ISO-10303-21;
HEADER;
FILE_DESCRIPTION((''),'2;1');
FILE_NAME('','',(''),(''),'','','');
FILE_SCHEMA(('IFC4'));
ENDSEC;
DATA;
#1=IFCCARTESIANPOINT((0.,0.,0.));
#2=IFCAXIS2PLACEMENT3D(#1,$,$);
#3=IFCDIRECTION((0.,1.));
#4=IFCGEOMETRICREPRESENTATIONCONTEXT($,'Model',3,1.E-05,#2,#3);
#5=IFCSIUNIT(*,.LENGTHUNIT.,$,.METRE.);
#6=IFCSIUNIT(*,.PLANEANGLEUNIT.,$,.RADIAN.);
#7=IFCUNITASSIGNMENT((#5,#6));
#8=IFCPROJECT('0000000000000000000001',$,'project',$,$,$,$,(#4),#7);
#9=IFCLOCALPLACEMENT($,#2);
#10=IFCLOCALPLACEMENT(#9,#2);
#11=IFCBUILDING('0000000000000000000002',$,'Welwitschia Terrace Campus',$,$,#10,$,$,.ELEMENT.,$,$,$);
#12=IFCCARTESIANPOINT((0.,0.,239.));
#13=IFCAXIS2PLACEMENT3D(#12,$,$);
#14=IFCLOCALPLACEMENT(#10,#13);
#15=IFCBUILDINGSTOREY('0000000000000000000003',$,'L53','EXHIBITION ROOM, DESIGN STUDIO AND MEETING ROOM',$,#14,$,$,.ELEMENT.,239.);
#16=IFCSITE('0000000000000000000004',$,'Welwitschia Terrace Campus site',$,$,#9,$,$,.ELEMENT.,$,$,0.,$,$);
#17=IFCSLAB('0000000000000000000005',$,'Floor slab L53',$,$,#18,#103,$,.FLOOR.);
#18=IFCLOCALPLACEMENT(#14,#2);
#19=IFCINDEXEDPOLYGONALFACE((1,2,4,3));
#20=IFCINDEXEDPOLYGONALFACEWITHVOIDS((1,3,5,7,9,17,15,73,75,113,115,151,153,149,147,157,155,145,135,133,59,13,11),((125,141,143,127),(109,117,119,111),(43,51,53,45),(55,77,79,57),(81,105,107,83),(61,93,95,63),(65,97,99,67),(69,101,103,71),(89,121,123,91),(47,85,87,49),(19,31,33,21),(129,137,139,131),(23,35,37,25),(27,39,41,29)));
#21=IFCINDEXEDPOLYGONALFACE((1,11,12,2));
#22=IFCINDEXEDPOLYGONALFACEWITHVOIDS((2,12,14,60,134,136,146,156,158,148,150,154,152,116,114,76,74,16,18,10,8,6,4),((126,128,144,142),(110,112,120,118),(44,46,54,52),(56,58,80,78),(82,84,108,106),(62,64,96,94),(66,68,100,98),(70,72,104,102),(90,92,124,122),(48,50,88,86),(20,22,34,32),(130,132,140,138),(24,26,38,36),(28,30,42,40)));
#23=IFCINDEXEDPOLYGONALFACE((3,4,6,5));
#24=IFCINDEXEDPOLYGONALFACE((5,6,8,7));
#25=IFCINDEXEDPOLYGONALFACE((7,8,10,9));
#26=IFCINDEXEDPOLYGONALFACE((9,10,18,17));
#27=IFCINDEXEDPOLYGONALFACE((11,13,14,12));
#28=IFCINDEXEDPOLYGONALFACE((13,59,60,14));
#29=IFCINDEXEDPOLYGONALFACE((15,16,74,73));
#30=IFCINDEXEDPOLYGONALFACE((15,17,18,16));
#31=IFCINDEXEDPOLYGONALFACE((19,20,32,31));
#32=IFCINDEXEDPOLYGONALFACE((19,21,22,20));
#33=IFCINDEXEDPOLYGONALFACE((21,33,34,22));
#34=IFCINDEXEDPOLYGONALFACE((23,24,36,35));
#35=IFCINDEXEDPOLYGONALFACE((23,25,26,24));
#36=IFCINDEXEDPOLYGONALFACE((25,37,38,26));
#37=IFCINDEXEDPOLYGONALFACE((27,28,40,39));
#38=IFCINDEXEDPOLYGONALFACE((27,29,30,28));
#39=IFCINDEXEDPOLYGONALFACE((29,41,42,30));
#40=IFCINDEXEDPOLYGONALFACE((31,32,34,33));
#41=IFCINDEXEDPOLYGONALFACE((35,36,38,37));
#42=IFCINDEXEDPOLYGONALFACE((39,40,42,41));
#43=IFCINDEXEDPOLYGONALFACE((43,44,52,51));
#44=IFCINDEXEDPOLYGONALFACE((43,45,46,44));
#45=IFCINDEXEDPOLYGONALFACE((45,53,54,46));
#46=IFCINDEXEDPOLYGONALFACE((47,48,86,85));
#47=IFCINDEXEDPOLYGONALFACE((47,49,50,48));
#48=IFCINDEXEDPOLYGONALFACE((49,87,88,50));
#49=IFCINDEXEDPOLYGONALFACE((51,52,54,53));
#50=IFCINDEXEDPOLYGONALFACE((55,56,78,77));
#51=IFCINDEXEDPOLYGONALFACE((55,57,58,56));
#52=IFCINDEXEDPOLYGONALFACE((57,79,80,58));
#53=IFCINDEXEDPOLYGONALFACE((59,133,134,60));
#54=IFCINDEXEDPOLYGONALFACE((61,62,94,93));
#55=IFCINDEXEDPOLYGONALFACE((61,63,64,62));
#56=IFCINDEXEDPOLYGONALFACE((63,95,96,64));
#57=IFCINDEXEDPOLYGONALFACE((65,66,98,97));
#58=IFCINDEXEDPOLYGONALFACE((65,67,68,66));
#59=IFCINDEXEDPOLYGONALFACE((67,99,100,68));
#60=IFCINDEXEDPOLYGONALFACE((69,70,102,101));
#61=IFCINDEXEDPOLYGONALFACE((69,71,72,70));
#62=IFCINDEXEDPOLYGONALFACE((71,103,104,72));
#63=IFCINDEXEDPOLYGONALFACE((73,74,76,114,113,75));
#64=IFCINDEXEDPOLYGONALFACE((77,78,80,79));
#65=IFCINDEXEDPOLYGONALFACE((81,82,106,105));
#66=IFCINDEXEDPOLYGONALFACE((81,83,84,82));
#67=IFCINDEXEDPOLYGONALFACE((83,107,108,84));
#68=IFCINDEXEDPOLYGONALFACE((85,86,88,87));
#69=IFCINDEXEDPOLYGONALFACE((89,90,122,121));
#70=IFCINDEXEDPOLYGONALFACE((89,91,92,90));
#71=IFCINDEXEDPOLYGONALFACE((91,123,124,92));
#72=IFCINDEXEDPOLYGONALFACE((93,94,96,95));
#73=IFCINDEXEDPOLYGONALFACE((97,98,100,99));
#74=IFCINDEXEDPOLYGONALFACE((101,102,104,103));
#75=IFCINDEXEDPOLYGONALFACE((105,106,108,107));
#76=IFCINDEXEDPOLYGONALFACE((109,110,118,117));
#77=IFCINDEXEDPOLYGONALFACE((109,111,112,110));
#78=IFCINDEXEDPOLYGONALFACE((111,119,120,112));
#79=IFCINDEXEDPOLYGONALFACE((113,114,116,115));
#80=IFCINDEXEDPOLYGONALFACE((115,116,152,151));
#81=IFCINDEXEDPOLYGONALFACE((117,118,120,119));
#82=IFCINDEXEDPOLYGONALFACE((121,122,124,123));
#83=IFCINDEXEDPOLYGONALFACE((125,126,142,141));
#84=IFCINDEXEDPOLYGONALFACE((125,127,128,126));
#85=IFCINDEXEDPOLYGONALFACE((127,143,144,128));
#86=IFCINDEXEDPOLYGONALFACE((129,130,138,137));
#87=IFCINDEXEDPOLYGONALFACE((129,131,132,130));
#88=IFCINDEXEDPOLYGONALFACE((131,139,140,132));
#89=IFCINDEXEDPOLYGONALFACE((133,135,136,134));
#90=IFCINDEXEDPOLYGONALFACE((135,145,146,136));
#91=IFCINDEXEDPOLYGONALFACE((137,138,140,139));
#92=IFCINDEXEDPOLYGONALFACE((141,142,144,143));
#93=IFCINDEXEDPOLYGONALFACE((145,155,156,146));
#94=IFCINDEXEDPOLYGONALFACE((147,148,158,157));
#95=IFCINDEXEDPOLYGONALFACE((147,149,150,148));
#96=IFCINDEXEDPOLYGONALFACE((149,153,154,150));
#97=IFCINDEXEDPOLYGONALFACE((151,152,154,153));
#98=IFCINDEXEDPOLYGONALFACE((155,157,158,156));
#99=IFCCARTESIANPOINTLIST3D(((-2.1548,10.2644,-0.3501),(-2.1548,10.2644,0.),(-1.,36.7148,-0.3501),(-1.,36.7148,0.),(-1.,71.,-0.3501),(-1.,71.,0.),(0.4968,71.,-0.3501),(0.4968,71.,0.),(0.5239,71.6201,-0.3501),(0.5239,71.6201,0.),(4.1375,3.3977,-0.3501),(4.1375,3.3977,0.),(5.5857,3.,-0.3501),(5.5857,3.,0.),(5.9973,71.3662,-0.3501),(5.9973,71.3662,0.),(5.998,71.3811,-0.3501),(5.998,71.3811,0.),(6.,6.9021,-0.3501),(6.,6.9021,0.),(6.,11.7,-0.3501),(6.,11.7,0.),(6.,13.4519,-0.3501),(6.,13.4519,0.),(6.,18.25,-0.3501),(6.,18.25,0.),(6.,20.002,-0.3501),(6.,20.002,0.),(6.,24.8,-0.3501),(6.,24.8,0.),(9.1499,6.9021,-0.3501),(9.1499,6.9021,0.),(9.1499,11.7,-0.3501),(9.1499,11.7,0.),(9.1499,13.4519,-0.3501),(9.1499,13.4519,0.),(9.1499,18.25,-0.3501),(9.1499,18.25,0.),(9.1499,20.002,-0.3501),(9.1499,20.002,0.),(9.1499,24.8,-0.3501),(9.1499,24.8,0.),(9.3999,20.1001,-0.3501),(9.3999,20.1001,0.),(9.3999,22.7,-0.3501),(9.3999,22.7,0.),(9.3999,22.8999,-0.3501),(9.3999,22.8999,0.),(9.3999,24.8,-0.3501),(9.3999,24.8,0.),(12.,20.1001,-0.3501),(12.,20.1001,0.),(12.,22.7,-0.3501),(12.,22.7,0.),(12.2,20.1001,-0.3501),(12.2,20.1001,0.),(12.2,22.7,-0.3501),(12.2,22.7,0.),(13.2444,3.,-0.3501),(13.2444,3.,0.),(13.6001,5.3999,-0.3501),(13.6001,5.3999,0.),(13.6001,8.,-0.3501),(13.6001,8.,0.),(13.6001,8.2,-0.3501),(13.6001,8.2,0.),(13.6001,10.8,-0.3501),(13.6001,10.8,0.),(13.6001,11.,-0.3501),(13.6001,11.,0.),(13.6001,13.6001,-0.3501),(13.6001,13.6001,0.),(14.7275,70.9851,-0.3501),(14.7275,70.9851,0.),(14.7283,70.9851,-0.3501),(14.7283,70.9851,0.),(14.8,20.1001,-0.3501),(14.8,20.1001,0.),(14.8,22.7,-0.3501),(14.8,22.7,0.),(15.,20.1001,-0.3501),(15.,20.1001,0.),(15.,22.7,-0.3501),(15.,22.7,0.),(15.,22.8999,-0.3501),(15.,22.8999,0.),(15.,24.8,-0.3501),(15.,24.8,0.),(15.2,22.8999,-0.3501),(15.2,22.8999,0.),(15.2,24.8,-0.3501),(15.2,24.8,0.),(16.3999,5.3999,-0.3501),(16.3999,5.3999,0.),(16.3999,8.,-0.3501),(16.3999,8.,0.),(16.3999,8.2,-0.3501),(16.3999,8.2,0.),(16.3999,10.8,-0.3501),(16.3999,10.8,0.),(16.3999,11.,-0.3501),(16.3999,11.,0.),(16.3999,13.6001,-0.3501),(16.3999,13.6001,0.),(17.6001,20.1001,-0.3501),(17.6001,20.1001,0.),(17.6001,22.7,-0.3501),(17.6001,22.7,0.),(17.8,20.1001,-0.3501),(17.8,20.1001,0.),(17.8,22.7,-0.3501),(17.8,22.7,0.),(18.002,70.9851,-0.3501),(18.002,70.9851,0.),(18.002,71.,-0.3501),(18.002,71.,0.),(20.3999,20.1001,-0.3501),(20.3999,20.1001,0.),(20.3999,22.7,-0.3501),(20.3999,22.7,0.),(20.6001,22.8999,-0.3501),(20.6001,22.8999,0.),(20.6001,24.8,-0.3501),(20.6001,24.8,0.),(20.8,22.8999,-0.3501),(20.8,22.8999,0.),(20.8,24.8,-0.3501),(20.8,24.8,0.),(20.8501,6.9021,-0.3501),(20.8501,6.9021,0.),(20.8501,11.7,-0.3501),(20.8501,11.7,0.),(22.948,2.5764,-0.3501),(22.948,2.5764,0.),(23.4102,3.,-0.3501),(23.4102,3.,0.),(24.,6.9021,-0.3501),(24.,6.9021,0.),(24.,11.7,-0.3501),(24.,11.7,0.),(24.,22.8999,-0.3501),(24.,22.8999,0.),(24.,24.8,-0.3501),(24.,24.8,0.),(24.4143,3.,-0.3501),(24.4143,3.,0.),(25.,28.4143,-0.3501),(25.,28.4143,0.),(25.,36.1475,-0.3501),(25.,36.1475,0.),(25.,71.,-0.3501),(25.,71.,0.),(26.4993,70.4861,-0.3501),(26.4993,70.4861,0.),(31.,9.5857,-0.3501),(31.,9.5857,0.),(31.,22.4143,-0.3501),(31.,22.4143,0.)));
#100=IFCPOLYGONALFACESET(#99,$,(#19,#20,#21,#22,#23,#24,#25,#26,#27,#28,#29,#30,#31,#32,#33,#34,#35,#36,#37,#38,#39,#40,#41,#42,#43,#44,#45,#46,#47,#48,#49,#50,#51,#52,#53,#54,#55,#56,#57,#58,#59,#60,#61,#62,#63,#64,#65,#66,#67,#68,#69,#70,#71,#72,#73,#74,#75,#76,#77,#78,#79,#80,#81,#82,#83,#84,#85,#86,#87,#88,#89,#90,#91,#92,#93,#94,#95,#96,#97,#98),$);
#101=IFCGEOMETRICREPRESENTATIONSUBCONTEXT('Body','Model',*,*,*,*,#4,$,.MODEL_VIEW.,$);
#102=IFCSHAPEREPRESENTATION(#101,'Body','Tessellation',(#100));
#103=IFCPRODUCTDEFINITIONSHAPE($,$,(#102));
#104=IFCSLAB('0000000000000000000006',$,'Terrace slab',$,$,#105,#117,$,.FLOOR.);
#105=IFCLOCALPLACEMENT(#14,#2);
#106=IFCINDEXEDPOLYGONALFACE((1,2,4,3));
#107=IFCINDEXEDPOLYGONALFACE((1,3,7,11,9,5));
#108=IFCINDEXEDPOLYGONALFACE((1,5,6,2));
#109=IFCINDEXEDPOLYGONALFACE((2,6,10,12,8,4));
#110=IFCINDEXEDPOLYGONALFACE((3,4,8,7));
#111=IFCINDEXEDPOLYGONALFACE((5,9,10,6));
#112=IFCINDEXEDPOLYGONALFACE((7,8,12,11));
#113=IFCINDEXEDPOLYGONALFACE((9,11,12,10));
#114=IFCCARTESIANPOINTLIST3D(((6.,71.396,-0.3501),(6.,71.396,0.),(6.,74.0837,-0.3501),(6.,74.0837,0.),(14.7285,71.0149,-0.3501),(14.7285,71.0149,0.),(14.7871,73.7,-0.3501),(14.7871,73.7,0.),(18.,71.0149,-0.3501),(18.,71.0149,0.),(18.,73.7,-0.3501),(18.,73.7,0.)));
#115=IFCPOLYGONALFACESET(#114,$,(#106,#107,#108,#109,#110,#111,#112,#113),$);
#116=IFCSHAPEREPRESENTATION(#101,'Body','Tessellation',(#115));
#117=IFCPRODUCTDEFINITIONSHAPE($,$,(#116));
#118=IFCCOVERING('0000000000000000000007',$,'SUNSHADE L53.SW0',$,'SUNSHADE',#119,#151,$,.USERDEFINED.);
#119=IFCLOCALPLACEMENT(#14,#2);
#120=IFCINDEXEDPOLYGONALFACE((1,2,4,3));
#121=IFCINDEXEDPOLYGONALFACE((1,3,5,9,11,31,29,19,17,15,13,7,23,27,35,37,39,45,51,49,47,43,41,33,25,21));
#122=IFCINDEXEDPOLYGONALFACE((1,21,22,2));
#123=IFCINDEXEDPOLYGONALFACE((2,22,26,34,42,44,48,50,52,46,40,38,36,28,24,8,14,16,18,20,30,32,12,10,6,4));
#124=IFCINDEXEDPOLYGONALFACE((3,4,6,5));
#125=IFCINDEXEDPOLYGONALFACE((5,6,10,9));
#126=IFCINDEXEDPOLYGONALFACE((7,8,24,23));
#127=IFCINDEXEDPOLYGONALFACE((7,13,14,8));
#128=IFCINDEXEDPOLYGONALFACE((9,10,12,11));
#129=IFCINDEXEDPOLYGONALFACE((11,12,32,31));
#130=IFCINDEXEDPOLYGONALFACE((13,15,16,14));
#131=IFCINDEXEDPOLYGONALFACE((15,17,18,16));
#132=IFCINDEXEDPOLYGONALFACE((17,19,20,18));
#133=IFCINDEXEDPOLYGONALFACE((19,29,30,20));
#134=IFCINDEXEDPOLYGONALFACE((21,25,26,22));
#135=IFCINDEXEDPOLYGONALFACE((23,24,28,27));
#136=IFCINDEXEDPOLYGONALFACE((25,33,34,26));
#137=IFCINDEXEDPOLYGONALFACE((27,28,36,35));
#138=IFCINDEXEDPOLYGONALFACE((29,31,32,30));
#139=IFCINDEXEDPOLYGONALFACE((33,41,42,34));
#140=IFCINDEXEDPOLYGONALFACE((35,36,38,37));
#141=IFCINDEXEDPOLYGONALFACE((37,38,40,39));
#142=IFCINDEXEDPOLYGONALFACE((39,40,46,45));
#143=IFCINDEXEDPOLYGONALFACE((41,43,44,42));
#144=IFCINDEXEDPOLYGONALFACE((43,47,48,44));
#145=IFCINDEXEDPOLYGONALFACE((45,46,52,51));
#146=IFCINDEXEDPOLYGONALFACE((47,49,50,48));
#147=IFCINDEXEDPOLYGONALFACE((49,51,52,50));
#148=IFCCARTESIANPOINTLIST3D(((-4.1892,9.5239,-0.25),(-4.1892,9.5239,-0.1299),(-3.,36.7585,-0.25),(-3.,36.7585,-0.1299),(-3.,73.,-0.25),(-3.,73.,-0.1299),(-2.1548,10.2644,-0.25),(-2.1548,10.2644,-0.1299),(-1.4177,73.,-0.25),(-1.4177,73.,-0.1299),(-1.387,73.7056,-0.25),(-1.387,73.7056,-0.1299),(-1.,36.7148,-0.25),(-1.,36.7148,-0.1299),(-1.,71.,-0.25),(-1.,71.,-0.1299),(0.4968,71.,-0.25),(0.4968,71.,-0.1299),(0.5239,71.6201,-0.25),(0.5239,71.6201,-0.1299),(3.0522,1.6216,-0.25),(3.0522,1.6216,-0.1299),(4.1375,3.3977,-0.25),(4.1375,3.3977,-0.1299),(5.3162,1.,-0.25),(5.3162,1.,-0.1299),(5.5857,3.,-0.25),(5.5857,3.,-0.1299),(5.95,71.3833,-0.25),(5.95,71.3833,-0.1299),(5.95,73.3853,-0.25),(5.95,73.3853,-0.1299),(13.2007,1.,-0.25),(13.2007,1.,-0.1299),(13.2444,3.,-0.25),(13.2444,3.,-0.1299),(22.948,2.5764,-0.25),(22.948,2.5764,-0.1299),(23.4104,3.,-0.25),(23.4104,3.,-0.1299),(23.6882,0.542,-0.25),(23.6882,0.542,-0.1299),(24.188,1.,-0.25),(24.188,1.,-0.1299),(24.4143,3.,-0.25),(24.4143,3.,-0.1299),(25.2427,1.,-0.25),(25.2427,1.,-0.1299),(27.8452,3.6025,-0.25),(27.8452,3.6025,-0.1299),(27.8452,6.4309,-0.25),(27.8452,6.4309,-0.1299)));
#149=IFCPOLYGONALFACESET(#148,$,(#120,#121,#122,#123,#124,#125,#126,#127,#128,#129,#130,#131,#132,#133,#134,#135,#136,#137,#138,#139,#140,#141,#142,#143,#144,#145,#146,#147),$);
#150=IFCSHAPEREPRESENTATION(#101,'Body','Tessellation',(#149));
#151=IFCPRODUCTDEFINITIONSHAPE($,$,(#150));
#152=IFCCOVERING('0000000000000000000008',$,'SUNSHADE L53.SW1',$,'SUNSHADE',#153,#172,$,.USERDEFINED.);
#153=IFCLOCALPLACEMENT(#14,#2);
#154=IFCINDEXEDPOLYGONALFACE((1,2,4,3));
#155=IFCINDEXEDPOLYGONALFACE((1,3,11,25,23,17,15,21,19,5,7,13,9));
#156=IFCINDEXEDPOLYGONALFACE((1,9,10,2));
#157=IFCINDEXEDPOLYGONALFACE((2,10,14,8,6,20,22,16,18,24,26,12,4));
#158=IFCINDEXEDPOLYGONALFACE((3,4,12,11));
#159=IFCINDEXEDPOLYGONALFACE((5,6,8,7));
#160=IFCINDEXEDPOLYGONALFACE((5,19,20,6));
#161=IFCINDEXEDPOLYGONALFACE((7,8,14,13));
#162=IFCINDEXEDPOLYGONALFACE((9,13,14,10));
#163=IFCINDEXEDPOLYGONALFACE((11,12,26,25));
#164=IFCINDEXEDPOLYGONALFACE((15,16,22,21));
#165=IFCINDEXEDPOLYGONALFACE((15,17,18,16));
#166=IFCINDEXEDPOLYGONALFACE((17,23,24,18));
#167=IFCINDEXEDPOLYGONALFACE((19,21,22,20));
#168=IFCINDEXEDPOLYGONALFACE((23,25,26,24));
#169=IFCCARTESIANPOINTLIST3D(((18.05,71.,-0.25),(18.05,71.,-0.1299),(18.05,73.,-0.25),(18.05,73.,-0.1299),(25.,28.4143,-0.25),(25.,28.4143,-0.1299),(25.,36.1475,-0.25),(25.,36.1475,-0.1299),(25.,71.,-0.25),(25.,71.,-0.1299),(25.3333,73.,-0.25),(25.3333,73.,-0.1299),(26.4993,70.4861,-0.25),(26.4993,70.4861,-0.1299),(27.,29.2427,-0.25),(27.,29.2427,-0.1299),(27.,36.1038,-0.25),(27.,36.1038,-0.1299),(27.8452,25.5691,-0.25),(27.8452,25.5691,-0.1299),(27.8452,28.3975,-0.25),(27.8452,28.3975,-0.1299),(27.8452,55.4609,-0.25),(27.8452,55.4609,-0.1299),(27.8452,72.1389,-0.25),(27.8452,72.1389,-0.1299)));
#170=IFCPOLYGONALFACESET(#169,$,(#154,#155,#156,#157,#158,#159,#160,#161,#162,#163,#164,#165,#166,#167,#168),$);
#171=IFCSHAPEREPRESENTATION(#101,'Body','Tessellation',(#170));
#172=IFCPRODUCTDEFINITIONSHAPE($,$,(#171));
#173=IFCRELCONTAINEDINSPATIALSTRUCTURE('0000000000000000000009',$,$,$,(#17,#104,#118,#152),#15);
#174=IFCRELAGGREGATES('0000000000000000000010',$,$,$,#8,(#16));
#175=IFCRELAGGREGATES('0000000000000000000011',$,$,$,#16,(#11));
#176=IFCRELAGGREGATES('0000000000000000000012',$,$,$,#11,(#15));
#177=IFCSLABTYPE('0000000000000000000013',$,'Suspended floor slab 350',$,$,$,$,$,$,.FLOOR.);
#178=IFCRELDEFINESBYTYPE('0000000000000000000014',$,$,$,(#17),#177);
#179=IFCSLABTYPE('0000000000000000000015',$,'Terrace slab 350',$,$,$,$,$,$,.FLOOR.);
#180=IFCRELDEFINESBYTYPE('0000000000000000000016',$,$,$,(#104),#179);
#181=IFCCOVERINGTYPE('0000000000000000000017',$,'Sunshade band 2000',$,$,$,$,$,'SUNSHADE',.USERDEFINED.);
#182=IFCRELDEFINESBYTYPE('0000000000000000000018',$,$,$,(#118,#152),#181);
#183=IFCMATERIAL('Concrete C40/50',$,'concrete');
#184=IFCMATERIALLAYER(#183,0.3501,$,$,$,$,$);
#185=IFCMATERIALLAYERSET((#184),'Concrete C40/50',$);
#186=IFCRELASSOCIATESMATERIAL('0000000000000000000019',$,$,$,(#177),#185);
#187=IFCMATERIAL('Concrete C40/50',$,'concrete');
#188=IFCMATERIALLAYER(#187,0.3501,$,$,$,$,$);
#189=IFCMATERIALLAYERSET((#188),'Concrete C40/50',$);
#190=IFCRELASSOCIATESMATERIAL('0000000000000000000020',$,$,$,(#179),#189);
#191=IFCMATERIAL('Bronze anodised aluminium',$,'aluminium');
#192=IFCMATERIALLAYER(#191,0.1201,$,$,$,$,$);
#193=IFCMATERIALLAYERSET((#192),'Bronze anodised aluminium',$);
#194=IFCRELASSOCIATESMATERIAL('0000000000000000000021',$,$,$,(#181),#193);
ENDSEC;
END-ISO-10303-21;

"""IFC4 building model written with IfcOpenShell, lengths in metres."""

from ifc_helpers import new_model, si_unit, direction, frame, origin, place, context, subcontext, project, spatial, polyline, outline, extrude, material, layer, layer_set, type_object, element, save


model = new_model("IFC4")

# Units and contexts
model_context = context("Model", 3, precision=1e-05, world=origin(), true_north=direction((0.0, 1.0)))
body_context = subcontext(model_context, "Body", "Model", "MODEL_VIEW")
ifc_project = project(units=[si_unit("LENGTHUNIT", "METRE"), si_unit("PLANEANGLEUNIT", "RADIAN")], contexts=[model_context])

# Site, building, storey
site_placement = place(None, origin())
site = spatial("IfcSite", under=ifc_project, at=site_placement, Name="Welwitschia Terrace Campus site", CompositionType="ELEMENT", RefElevation=0.0)
building_placement = place(site_placement, origin())
building = spatial("IfcBuilding", under=site, at=building_placement, Name="Welwitschia Terrace Campus", CompositionType="ELEMENT")
storey_placement = place(building_placement, frame((0.0, 0.0, 239.0)))
storey = spatial("IfcBuildingStorey", under=building, at=storey_placement, Name="L53", Description="EXHIBITION ROOM, DESIGN STUDIO AND MEETING ROOM", CompositionType="ELEMENT", Elevation=239.0)

# Slabs
ifc_material_1 = material(Name="Concrete C40/50", Category="concrete")
ifc_layer_1 = layer(ifc_material_1, 0.3501)
ifc_layer_set_1 = layer_set([ifc_layer_1], Name="Concrete C40/50")
slab_type_1 = type_object("IfcSlabType", Name="Suspended floor slab 350", PredefinedType="FLOOR", material=ifc_layer_set_1)
slab_1_placement = place(storey_placement, frame((0.0, 0.0, -0.3501)))
element("IfcSlab", 1, at=slab_1_placement, inside=storey, type_object=slab_type_1, Name="Floor slab L53", PredefinedType="FLOOR", context=body_context, shape_type="SweptSolid", body=[
    extrude(outline(polyline([(0.5239, 71.6201), (5.998, 71.3811), (5.9973, 71.3662), (14.7275, 70.9851), (14.7283, 70.9851), (18.002, 70.9851), (18.002, 71.0), (25.0, 71.0), (26.4993, 70.4861), (25.0, 36.1475), (25.0, 28.4143), (31.0, 22.4143), (31.0, 9.5857), (24.4143, 3.0), (23.4102, 3.0), (22.948, 2.5764), (13.2444, 3.0), (5.5857, 3.0), (4.1375, 3.3977), (-2.1548, 10.2644), (-1.0, 36.7148), (-1.0, 71.0), (0.4968, 71.0), (0.5239, 71.6201)]), holes=[polyline([(13.6001, 5.3999), (16.3999, 5.3999), (16.3999, 8.0), (13.6001, 8.0), (13.6001, 5.3999)]), polyline([(6.0, 11.7), (6.0, 6.9021), (9.1499, 6.9021), (9.1499, 11.7), (6.0, 11.7)]), polyline([(6.0, 18.25), (6.0, 13.4519), (9.1499, 13.4519), (9.1499, 18.25), (6.0, 18.25)]), polyline([(9.3999, 22.7), (9.3999, 20.1001), (12.0, 20.1001), (12.0, 22.7), (9.3999, 22.7)]), polyline([(12.2, 22.7), (12.2, 20.1001), (14.8, 20.1001), (14.8, 22.7), (12.2, 22.7)]), polyline([(6.0, 24.8), (6.0, 20.002), (9.1499, 20.002), (9.1499, 24.8), (6.0, 24.8)]), polyline([(9.3999, 24.8), (9.3999, 22.8999), (15.0, 22.8999), (15.0, 24.8), (9.3999, 24.8)]), polyline([(20.8501, 6.9021), (24.0, 6.9021), (24.0, 11.7), (20.8501, 11.7), (20.8501, 6.9021)]), polyline([(13.6001, 10.8), (13.6001, 8.2), (16.3999, 8.2), (16.3999, 10.8), (13.6001, 10.8)]), polyline([(13.6001, 13.6001), (13.6001, 11.0), (16.3999, 11.0), (16.3999, 13.6001), (13.6001, 13.6001)]), polyline([(15.0, 22.7), (15.0, 20.1001), (17.6001, 20.1001), (17.6001, 22.7), (15.0, 22.7)]), polyline([(17.8, 22.7), (17.8, 20.1001), (20.3999, 20.1001), (20.3999, 22.7), (17.8, 22.7)]), polyline([(15.2, 24.8), (15.2, 22.8999), (20.6001, 22.8999), (20.6001, 24.8), (15.2, 24.8)]), polyline([(20.8, 24.8), (20.8, 22.8999), (24.0, 22.8999), (24.0, 24.8), (20.8, 24.8)])]), origin(), (0.0, 0.0, 1.0), 0.3501),
])
ifc_material_2 = material(Name="Concrete C40/50", Category="concrete")
ifc_layer_2 = layer(ifc_material_2, 0.3501)
ifc_layer_set_2 = layer_set([ifc_layer_2], Name="Concrete C40/50")
slab_type_2 = type_object("IfcSlabType", Name="Terrace slab 350", PredefinedType="FLOOR", material=ifc_layer_set_2)
slab_2_placement = place(storey_placement, frame((0.0, 0.0, -0.3501)))
element("IfcSlab", 2, at=slab_2_placement, inside=storey, type_object=slab_type_2, Name="Terrace slab", PredefinedType="FLOOR", context=body_context, shape_type="SweptSolid", body=[
    extrude(outline(polyline([(6.0, 74.0837), (14.7871, 73.7), (18.0, 73.7), (18.0, 71.0149), (14.7285, 71.0149), (6.0, 71.396), (6.0, 74.0837)])), origin(), (0.0, 0.0, 1.0), 0.3501),
])

# Coverings
ifc_material_3 = material(Name="Bronze anodised aluminium", Category="aluminium")
ifc_layer_3 = layer(ifc_material_3, 0.1201)
ifc_layer_set_3 = layer_set([ifc_layer_3], Name="Bronze anodised aluminium")
covering_type_1 = type_object("IfcCoveringType", Name="Sunshade band 2000", ElementType="SUNSHADE", PredefinedType="USERDEFINED", material=ifc_layer_set_3)
covering_1_placement = place(storey_placement, frame((0.0, 0.0, -0.25)))
element("IfcCovering", 3, at=covering_1_placement, inside=storey, type_object=covering_type_1, Name="SUNSHADE L53.SW0", ObjectType="SUNSHADE", PredefinedType="USERDEFINED", context=body_context, shape_type="SweptSolid", body=[
    extrude(outline(polyline([(5.95, 73.3853), (5.95, 71.3833), (0.5239, 71.6201), (0.4968, 71.0), (-1.0, 71.0), (-1.0, 36.7148), (-2.1548, 10.2644), (4.1375, 3.3977), (5.5857, 3.0), (13.2444, 3.0), (22.948, 2.5764), (23.4104, 3.0), (24.4143, 3.0), (27.8452, 6.4309), (27.8452, 3.6025), (25.2427, 1.0), (24.188, 1.0), (23.6882, 0.542), (13.2007, 1.0), (5.3162, 1.0), (3.0522, 1.6216), (-4.1892, 9.5239), (-3.0, 36.7585), (-3.0, 73.0), (-1.4177, 73.0), (-1.387, 73.7056), (5.95, 73.3853)])), origin(), (0.0, 0.0, 1.0), 0.1201),
])
covering_2_placement = place(storey_placement, frame((0.0, 0.0, -0.25)))
element("IfcCovering", 4, at=covering_2_placement, inside=storey, type_object=covering_type_1, Name="SUNSHADE L53.SW1", ObjectType="SUNSHADE", PredefinedType="USERDEFINED", context=body_context, shape_type="SweptSolid", body=[
    extrude(outline(polyline([(25.0, 28.4143), (25.0, 36.1475), (26.4993, 70.4861), (25.0, 71.0), (18.05, 71.0), (18.05, 73.0), (25.3333, 73.0), (27.8452, 72.1389), (27.8452, 55.4609), (27.0, 36.1038), (27.0, 29.2427), (27.8452, 28.3975), (27.8452, 25.5691), (25.0, 28.4143)])), origin(), (0.0, 0.0, 1.0), 0.1201),
])

save(model, "model.ifc")
